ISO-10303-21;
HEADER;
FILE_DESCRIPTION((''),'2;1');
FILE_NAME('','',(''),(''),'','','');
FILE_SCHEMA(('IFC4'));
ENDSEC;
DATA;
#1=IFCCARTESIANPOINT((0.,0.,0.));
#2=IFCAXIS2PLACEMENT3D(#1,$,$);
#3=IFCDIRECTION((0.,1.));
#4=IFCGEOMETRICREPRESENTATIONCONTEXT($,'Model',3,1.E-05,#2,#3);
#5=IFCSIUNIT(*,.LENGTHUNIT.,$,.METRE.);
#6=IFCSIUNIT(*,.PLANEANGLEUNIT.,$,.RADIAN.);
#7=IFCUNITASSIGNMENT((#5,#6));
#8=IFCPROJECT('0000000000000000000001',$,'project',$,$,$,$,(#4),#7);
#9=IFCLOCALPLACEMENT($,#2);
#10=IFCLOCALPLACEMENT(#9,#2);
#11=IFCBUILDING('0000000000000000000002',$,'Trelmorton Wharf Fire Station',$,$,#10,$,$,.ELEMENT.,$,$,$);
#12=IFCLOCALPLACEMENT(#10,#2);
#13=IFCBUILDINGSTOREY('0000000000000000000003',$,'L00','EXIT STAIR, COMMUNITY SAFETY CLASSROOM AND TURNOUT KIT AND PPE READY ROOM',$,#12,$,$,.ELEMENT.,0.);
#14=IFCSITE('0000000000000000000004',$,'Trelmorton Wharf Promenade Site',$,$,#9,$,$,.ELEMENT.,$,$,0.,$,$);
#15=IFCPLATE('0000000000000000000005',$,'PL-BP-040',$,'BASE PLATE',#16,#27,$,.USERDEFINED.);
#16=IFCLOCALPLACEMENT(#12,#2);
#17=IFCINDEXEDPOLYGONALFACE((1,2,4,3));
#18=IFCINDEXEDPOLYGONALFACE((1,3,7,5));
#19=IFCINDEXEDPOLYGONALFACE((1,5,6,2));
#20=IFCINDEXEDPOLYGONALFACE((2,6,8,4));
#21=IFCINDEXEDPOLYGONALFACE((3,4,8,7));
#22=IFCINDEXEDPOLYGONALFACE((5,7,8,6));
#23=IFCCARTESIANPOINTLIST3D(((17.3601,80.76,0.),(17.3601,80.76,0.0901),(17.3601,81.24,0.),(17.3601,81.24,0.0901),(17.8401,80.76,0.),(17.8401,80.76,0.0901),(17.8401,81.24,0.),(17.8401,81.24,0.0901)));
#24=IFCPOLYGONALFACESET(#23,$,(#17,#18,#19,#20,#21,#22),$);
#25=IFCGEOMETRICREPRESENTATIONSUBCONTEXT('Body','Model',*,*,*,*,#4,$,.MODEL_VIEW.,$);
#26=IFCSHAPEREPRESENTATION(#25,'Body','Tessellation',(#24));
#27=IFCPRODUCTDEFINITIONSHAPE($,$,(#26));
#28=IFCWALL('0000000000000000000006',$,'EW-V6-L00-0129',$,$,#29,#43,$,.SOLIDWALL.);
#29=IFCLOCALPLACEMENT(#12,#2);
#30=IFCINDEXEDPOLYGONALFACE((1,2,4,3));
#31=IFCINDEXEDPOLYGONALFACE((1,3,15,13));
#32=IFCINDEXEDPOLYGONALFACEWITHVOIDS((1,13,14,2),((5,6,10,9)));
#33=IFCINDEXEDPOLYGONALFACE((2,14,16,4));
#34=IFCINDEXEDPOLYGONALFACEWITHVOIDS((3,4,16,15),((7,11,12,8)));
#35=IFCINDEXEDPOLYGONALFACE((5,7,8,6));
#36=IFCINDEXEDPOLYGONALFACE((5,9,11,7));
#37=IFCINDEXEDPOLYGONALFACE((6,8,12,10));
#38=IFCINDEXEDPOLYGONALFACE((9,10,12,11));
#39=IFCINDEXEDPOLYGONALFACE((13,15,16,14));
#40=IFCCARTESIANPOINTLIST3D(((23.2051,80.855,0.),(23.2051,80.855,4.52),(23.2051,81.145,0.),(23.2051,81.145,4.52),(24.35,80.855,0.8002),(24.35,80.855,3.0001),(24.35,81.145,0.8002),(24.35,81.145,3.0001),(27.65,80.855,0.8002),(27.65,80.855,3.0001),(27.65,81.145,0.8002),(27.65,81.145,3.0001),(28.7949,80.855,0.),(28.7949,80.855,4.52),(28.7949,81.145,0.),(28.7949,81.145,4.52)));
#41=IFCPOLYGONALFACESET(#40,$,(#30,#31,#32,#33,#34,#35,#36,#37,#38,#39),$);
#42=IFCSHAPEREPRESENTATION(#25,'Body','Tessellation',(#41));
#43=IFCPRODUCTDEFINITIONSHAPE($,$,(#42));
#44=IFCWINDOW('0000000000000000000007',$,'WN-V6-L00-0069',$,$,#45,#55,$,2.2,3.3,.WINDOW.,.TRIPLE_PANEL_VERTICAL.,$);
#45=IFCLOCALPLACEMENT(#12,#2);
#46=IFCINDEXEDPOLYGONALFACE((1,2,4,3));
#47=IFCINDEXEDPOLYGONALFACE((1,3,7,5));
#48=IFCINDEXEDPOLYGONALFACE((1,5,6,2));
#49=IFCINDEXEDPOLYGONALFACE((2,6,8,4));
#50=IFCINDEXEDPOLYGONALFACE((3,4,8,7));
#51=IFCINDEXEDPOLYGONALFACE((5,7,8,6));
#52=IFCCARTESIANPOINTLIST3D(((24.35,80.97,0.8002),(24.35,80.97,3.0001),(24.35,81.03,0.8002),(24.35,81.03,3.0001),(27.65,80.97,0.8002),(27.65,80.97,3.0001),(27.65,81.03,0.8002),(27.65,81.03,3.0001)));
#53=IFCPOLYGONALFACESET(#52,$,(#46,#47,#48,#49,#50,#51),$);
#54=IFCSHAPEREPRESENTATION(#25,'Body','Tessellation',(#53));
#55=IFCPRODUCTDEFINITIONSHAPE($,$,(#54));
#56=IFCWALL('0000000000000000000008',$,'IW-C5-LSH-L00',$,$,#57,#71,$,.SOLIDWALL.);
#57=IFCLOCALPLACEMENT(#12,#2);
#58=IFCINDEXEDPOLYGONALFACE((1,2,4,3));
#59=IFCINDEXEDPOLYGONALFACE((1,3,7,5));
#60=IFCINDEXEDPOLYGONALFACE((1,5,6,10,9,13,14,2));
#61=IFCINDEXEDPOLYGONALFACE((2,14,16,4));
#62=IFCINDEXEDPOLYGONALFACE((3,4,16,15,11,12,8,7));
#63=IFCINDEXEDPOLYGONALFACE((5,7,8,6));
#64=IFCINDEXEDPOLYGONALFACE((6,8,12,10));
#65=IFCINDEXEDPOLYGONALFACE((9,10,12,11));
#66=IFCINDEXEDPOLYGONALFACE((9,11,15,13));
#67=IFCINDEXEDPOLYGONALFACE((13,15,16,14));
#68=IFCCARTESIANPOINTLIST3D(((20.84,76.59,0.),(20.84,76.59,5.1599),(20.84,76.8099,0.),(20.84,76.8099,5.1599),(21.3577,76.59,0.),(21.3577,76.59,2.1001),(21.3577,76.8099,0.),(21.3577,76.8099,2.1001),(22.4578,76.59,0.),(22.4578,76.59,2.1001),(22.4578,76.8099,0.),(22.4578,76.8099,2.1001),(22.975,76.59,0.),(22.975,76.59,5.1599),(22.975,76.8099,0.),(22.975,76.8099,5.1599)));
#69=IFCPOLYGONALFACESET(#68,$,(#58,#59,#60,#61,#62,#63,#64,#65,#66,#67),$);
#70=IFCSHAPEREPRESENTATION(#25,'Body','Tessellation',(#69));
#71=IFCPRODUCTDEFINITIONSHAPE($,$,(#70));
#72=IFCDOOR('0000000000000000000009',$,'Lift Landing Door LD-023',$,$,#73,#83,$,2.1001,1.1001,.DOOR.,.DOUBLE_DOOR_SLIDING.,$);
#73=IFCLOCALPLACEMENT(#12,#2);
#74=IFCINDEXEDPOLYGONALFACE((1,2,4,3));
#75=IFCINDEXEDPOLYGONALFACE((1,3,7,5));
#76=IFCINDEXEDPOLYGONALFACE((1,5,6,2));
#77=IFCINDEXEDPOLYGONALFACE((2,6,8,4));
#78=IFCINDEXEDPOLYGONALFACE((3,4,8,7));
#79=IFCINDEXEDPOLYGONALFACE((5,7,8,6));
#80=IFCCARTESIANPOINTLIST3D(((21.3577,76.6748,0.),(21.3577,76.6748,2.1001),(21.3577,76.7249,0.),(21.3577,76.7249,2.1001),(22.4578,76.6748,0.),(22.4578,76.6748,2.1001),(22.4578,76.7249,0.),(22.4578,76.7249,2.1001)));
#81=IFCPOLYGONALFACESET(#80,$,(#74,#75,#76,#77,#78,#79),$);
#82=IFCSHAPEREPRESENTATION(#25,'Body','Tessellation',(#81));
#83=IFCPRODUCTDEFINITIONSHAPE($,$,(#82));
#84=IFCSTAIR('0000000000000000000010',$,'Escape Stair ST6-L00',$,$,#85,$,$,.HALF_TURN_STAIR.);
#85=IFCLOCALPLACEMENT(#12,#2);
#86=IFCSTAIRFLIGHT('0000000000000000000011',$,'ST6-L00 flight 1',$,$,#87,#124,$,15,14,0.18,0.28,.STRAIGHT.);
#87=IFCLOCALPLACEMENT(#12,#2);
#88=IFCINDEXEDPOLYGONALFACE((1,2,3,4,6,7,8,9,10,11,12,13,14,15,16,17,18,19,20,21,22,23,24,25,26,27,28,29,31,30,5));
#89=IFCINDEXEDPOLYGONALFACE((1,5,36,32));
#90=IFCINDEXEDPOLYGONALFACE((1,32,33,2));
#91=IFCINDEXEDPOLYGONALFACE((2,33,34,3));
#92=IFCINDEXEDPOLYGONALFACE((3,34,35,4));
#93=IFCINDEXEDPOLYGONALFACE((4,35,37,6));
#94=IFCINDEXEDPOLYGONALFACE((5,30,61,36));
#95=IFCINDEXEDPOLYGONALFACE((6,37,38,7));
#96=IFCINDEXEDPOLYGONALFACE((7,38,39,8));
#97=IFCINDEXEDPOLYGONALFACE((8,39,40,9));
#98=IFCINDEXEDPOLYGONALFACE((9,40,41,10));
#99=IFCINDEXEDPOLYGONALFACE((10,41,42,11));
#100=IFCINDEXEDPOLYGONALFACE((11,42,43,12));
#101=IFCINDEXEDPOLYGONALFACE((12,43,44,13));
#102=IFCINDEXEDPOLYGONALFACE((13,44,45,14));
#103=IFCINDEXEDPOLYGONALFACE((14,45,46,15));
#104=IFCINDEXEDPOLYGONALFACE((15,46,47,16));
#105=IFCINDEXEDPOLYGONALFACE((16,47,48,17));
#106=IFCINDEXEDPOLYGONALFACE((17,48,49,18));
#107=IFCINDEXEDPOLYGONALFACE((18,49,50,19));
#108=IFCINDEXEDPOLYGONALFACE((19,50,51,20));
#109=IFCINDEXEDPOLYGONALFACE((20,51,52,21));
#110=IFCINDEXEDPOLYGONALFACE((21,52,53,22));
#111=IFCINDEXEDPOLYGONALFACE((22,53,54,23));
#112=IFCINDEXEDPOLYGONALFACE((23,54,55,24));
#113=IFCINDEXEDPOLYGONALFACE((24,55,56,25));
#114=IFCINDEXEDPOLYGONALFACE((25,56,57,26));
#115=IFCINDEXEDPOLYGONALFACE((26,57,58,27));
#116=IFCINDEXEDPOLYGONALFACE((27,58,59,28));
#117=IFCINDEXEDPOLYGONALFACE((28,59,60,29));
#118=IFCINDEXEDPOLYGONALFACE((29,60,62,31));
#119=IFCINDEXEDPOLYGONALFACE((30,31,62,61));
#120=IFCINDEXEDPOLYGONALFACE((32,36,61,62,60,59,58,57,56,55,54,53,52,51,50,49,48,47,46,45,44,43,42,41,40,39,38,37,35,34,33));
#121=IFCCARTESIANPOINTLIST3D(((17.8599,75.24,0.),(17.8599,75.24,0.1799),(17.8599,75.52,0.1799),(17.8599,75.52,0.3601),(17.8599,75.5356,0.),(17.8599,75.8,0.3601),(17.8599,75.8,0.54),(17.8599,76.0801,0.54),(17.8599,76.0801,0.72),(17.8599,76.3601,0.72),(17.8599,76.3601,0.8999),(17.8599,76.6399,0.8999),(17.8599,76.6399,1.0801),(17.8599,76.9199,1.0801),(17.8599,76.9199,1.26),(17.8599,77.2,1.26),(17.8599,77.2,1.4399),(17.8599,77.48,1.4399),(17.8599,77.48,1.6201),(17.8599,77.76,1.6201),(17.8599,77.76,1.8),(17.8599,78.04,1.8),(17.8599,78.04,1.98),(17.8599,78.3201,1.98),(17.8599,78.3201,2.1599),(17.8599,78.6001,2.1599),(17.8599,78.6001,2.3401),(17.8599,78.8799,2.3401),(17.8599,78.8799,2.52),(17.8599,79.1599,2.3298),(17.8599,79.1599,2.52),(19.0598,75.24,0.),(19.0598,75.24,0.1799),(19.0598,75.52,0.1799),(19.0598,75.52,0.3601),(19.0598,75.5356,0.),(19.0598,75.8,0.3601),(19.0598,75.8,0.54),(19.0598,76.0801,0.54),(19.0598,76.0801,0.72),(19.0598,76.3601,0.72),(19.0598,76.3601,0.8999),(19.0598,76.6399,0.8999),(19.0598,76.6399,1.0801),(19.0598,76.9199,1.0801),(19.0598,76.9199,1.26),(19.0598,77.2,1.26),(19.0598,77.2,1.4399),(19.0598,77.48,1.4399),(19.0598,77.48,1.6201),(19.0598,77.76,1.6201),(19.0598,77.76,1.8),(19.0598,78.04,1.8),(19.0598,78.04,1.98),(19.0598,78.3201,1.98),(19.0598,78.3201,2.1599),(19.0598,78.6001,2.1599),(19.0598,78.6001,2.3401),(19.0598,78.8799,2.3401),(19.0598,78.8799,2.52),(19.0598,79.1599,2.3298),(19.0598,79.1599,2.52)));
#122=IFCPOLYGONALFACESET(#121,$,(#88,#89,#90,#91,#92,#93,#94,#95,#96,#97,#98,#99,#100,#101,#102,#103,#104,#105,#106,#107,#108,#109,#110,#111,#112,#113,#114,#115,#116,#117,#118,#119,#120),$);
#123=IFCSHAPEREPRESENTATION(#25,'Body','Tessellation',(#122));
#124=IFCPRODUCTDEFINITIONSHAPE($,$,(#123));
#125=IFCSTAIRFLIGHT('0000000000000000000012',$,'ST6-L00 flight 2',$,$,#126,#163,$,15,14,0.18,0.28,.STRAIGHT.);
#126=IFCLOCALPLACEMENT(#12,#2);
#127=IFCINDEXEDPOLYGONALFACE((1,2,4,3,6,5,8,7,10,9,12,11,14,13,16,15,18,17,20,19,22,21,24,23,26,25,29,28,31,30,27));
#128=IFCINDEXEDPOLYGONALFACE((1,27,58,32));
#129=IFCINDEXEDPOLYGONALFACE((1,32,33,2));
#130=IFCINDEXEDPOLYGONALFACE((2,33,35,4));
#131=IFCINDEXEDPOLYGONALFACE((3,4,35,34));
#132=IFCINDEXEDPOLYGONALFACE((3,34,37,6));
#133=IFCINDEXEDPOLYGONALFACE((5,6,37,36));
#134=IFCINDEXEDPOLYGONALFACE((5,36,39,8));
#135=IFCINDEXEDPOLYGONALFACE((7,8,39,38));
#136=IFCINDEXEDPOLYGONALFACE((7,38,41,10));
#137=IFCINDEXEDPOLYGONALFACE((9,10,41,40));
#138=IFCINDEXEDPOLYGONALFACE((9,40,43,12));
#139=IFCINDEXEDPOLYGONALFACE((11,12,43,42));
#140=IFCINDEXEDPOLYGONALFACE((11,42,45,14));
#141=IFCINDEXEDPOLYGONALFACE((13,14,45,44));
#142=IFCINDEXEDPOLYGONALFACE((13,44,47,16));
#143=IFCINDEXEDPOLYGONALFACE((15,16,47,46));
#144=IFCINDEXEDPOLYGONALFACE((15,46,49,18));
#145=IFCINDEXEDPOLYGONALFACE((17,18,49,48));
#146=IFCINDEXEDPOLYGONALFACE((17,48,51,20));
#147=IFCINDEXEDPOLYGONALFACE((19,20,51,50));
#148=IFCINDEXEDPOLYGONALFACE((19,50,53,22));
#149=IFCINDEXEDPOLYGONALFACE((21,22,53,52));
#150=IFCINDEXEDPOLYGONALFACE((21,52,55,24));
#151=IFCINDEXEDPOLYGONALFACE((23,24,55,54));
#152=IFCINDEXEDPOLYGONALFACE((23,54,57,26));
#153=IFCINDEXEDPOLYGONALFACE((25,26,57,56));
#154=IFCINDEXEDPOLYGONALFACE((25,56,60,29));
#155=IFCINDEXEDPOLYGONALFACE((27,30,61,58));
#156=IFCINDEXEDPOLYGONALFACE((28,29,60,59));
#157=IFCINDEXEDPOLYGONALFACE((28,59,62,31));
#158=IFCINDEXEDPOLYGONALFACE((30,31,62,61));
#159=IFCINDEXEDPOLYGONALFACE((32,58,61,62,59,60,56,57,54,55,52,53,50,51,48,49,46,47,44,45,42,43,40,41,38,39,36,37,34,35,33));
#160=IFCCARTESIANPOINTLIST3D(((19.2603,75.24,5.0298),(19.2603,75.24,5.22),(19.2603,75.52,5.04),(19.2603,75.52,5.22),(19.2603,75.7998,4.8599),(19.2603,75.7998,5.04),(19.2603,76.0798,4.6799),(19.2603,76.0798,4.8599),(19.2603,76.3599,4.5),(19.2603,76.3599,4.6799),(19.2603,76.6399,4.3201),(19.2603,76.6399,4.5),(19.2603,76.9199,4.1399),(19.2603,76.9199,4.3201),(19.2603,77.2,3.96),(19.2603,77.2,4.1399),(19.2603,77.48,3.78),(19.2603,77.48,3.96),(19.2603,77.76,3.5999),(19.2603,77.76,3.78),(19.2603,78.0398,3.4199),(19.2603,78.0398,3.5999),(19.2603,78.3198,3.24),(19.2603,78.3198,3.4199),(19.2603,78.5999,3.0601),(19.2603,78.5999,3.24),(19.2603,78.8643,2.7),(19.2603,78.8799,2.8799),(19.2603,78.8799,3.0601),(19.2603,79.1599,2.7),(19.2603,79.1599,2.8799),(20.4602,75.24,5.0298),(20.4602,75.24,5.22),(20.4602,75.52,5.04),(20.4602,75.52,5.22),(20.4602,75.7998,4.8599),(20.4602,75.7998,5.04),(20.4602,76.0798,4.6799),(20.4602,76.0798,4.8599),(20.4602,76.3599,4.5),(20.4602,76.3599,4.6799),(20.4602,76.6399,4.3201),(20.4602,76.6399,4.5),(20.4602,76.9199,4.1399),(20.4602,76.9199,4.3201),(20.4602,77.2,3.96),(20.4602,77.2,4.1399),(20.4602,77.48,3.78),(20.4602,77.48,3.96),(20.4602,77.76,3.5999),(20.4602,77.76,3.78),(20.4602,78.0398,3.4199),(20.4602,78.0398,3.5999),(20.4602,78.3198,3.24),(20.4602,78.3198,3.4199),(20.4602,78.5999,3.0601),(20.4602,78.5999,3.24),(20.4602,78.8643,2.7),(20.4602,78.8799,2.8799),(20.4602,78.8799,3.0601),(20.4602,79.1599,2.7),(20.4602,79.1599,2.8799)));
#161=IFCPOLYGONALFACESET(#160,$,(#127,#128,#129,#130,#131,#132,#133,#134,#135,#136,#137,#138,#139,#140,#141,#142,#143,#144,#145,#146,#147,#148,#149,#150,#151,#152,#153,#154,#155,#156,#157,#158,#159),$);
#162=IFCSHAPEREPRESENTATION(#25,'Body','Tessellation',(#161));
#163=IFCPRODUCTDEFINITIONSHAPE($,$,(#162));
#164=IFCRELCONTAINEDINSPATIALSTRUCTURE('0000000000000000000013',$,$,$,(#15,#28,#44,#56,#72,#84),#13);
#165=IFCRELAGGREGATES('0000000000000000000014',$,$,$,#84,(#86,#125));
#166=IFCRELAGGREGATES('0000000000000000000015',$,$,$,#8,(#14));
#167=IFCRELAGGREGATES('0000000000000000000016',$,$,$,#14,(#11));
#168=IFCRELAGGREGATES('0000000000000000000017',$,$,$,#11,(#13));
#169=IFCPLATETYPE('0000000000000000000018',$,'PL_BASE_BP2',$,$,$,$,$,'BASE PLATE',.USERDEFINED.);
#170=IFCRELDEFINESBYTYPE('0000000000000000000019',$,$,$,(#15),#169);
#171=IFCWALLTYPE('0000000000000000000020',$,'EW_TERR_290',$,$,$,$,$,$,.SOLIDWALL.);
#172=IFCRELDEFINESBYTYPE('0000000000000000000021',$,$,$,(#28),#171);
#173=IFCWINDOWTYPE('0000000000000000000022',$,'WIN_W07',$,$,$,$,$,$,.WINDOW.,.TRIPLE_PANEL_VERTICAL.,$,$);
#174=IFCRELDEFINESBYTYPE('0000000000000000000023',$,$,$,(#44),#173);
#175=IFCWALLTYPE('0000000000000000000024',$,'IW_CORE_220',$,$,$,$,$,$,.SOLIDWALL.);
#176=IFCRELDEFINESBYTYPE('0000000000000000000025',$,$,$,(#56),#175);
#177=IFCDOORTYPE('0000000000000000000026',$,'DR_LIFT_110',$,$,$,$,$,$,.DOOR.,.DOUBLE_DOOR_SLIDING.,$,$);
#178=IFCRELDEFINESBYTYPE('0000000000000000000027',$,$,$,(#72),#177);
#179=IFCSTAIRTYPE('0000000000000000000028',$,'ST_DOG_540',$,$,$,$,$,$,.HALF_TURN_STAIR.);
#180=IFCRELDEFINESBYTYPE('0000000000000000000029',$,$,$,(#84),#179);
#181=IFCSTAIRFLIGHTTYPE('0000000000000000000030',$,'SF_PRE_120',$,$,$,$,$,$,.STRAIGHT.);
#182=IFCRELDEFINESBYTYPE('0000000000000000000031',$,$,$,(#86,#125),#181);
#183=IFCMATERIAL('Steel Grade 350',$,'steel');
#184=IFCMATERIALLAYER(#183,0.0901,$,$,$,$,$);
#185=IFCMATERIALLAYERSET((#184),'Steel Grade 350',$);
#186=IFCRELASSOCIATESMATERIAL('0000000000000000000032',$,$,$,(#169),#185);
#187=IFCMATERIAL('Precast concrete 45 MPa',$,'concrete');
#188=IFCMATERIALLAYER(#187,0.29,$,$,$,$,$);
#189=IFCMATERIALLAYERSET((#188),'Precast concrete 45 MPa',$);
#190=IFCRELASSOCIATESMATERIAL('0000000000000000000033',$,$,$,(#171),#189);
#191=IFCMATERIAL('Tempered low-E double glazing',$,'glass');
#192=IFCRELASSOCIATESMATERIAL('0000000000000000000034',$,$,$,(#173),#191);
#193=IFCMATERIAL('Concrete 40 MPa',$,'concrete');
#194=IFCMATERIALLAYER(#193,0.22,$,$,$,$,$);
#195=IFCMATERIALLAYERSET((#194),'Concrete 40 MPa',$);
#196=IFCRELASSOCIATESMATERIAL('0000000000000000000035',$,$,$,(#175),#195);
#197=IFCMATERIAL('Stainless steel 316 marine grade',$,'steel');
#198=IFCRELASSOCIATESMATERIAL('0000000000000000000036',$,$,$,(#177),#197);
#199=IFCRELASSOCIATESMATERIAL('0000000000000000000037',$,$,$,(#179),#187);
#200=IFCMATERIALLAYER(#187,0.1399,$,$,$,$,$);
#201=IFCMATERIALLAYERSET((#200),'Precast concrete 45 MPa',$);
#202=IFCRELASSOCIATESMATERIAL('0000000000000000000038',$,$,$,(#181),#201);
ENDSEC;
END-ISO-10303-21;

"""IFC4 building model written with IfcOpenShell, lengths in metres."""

from ifc_helpers import new_model, si_unit, direction, frame, frame_2d, origin, origin_2d, place, context, subcontext, project, spatial, polyline, rectangle, outline, extrude, material, layer, layer_set, type_object, element, fill, aggregate, save


model = new_model("IFC4")

# Units and contexts
model_context = context("Model", 3, precision=1e-05, world=origin(), true_north=direction((0.0, 1.0)))
body_context = subcontext(model_context, "Body", "Model", "MODEL_VIEW")
ifc_project = project(units=[si_unit("LENGTHUNIT", "METRE"), si_unit("PLANEANGLEUNIT", "RADIAN")], contexts=[model_context])

# Site, building, storey
site_placement = place(None, origin())
site = spatial("IfcSite", under=ifc_project, at=site_placement, Name="Trelmorton Wharf Promenade Site", CompositionType="ELEMENT", RefElevation=0.0)
building_placement = place(site_placement, origin())
building = spatial("IfcBuilding", under=site, at=building_placement, Name="Trelmorton Wharf Fire Station", CompositionType="ELEMENT")
storey_placement = place(building_placement, origin())
storey = spatial("IfcBuildingStorey", under=building, at=storey_placement, Name="L00", Description="EXIT STAIR, COMMUNITY SAFETY CLASSROOM AND TURNOUT KIT AND PPE READY ROOM", CompositionType="ELEMENT", Elevation=0.0)

# Shared definitions
ifc_material_1 = material(Name="Concrete 40 MPa", Category="concrete")

# Shared definitions
ifc_material_2 = material(Name="Steel Grade 350", Category="steel")

# Plate
ifc_layer_1 = layer(ifc_material_2, 0.0901)
ifc_layer_set_1 = layer_set([ifc_layer_1], Name="Steel Grade 350")
plate_type = type_object("IfcPlateType", Name="PL_BASE_BP2", ElementType="BASE PLATE", PredefinedType="USERDEFINED", material=ifc_layer_set_1)
plate_placement = place(storey_placement, frame((17.6001, 81.0, 0.0), z_axis=(0.0, 0.0, 1.0), x_axis=(1.0, 0.0, 0.0)))
element("IfcPlate", 1, at=plate_placement, inside=storey, type_object=plate_type, Name="PL-BP-040", ObjectType="BASE PLATE", PredefinedType="USERDEFINED", context=body_context, shape_type="SweptSolid", body=[
    extrude(rectangle(XDim=0.48, YDim=0.48, at=origin_2d()), origin(), (0.0, 0.0, 1.0), 0.0901),
])

# Wall, opening, window
ifc_material_3 = material(Name="Precast concrete 45 MPa", Category="concrete")
ifc_layer_2 = layer(ifc_material_3, 0.29)
ifc_layer_set_2 = layer_set([ifc_layer_2], Name="Precast concrete 45 MPa")
wall_type_1 = type_object("IfcWallType", Name="EW_TERR_290", PredefinedType="SOLIDWALL", material=ifc_layer_set_2)
wall_1_placement = place(storey_placement, frame((23.2051, 81.0, 0.0), z_axis=(0.0, 0.0, 1.0), x_axis=(1.0, 0.0, 0.0)))
wall_1 = element("IfcWall", 2, at=wall_1_placement, inside=storey, type_object=wall_type_1, Name="EW-V6-L00-0129", PredefinedType="SOLIDWALL", context=body_context, shape_type="SweptSolid", body=[
    extrude(rectangle(XDim=5.5898, YDim=0.29, at=frame_2d((2.7949, 0.0))), origin(), (0.0, 0.0, 1.0), 4.52),
])
opening_1_placement = place(wall_1_placement, frame((1.145, 0.0, 0.8)))
opening_1 = element("IfcOpeningElement", 3, at=opening_1_placement, cuts=wall_1, PredefinedType="OPENING", context=body_context, shape_type="SweptSolid", body=[
    extrude(rectangle(XDim=3.3, YDim=2.2, at=frame_2d((1.6499, 1.1001))), frame((0.0, 0.155, 0.0), z_axis=(0.0, -1.0, 0.0), x_axis=(1.0, 0.0, 0.0)), (0.0, 0.0, 1.0), 0.3101),
])
ifc_material_4 = material(Name="Tempered low-E double glazing", Category="glass")
window_type = type_object("IfcWindowType", Name="WIN_W07", PartitioningType="TRIPLE_PANEL_VERTICAL", PredefinedType="WINDOW", material=ifc_material_4)
window_placement = place(opening_1_placement, origin())
window = element("IfcWindow", 4, at=window_placement, inside=storey, type_object=window_type, Name="WN-V6-L00-0069", OverallHeight=2.2, OverallWidth=3.3, PartitioningType="TRIPLE_PANEL_VERTICAL", PredefinedType="WINDOW", context=body_context, shape_type="SweptSolid", body=[
    extrude(rectangle(XDim=3.3, YDim=2.2, at=frame_2d((1.6499, 1.1001))), frame((0.0, 0.03, 0.0), z_axis=(0.0, -1.0, 0.0), x_axis=(1.0, 0.0, 0.0)), (0.0, 0.0, 1.0), 0.0601),
])
fill(opening_1, window)

# Wall, opening, door
ifc_layer_3 = layer(ifc_material_1, 0.22)
ifc_layer_set_3 = layer_set([ifc_layer_3], Name="Concrete 40 MPa")
wall_type_2 = type_object("IfcWallType", Name="IW_CORE_220", PredefinedType="SOLIDWALL", material=ifc_layer_set_3)
wall_2_placement = place(storey_placement, frame((20.8401, 76.7, 0.0), z_axis=(0.0, 0.0, 1.0), x_axis=(1.0, 0.0, 0.0)))
wall_2 = element("IfcWall", 5, at=wall_2_placement, inside=storey, type_object=wall_type_2, Name="IW-C5-LSH-L00", PredefinedType="SOLIDWALL", context=body_context, shape_type="SweptSolid", body=[
    extrude(rectangle(XDim=2.135, YDim=0.22, at=frame_2d((1.0674, 0.0))), origin(), (0.0, 0.0, 1.0), 5.1599),
])
opening_2_placement = place(wall_2_placement, frame((0.5176, 0.0, 0.0)))
opening_2 = element("IfcOpeningElement", 6, at=opening_2_placement, cuts=wall_2, PredefinedType="OPENING", context=body_context, shape_type="SweptSolid", body=[
    extrude(rectangle(XDim=1.1001, YDim=2.1001, at=frame_2d((0.55, 1.05))), frame((0.0, 0.1201, 0.0), z_axis=(0.0, -1.0, 0.0), x_axis=(1.0, 0.0, 0.0)), (0.0, 0.0, 1.0), 0.24),
])
ifc_material_5 = material(Name="Stainless steel 316 marine grade", Category="steel")
door_type_1 = type_object("IfcDoorType", Name="DR_LIFT_110", OperationType="DOUBLE_DOOR_SLIDING", PredefinedType="DOOR", material=ifc_material_5)
door_1_placement = place(opening_2_placement, origin())
door_1 = element("IfcDoor", 7, at=door_1_placement, inside=storey, type_object=door_type_1, Name="Lift Landing Door LD-023", OperationType="DOUBLE_DOOR_SLIDING", OverallHeight=2.1001, OverallWidth=1.1001, PredefinedType="DOOR", context=body_context, shape_type="SweptSolid", body=[
    extrude(rectangle(XDim=1.1001, YDim=2.1001, at=frame_2d((0.55, 1.05))), frame((0.0, 0.0249, 0.0), z_axis=(0.0, -1.0, 0.0), x_axis=(1.0, 0.0, 0.0)), (0.0, 0.0, 1.0), 0.05),
])
fill(opening_2, door_1)

# Stair, stair flights
stair_type = type_object("IfcStairType", Name="ST_DOG_540", PredefinedType="HALF_TURN_STAIR", material=ifc_material_3)
stair_placement = place(storey_placement, origin())
stair = element("IfcStair", 8, at=stair_placement, inside=storey, type_object=stair_type, Name="Escape Stair ST6-L00", PredefinedType="HALF_TURN_STAIR")
ifc_layer_4 = layer(ifc_material_3, 0.1399)
ifc_layer_set_4 = layer_set([ifc_layer_4], Name="Precast concrete 45 MPa")
stair_flight_type = type_object("IfcStairFlightType", Name="SF_PRE_120", PredefinedType="STRAIGHT", material=ifc_layer_set_4)
stair_flight_1_placement = place(storey_placement, frame((18.46, 75.24, 0.0), z_axis=(0.0, 0.0, 1.0), x_axis=(0.0, 1.0, 0.0)))
stair_flight_1 = element("IfcStairFlight", 9, at=stair_flight_1_placement, type_object=stair_flight_type, Name="ST6-L00 flight 1", NumberOfRisers=15, NumberOfTreads=14, PredefinedType="STRAIGHT", RiserHeight=0.18, TreadLength=0.28, context=body_context, shape_type="SweptSolid", body=[
    extrude(outline(polyline([(0.0, 0.0), (0.0, 0.1799), (0.28, 0.1799), (0.28, 0.3601), (0.5601, 0.3601), (0.5601, 0.54), (0.8401, 0.54), (0.8401, 0.72), (1.1201, 0.72), (1.1201, 0.8999), (1.3999, 0.8999), (1.3999, 1.0801), (1.6799, 1.0801), (1.6799, 1.26), (1.96, 1.26), (1.96, 1.4399), (2.24, 1.4399), (2.24, 1.6201), (2.52, 1.6201), (2.52, 1.8), (2.8, 1.8), (2.8, 1.98), (3.0801, 1.98), (3.0801, 2.1599), (3.3601, 2.1599), (3.3601, 2.3401), (3.6399, 2.3401), (3.6399, 2.52), (3.9199, 2.52), (3.9199, 2.7), (3.9199, 2.3298), (0.2957, 0.0), (0.0, 0.0)])), frame((0.0, 0.6001, 0.0), z_axis=(0.0, -1.0, 0.0), x_axis=(1.0, 0.0, 0.0)), (0.0, 0.0, 1.0), 1.2),
])
stair_flight_2_placement = place(storey_placement, frame((19.8601, 79.1599, 2.7), z_axis=(0.0, 0.0, 1.0), x_axis=(0.0, -1.0, 0.0)))
stair_flight_2 = element("IfcStairFlight", 10, at=stair_flight_2_placement, type_object=stair_flight_type, Name="ST6-L00 flight 2", NumberOfRisers=15, NumberOfTreads=14, PredefinedType="STRAIGHT", RiserHeight=0.18, TreadLength=0.28, context=body_context, shape_type="SweptSolid", body=[
    extrude(outline(polyline([(0.0, 0.0), (0.0, 0.1799), (0.28, 0.1799), (0.28, 0.3601), (0.5601, 0.3601), (0.5601, 0.54), (0.8401, 0.54), (0.8401, 0.72), (1.1201, 0.72), (1.1201, 0.8999), (1.3999, 0.8999), (1.3999, 1.0801), (1.6799, 1.0801), (1.6799, 1.26), (1.96, 1.26), (1.96, 1.4399), (2.24, 1.4399), (2.24, 1.6201), (2.52, 1.6201), (2.52, 1.8), (2.8, 1.8), (2.8, 1.98), (3.0801, 1.98), (3.0801, 2.1599), (3.3601, 2.1599), (3.3601, 2.3401), (3.6399, 2.3401), (3.6399, 2.52), (3.9199, 2.52), (3.9199, 2.7), (3.9199, 2.3298), (0.2957, 0.0), (0.0, 0.0)])), frame((0.0, 0.6001, 0.0), z_axis=(0.0, -1.0, 0.0), x_axis=(1.0, 0.0, 0.0)), (0.0, 0.0, 1.0), 1.2),
])
aggregate(stair, [stair_flight_1, stair_flight_2])

save(model, "model.ifc")
